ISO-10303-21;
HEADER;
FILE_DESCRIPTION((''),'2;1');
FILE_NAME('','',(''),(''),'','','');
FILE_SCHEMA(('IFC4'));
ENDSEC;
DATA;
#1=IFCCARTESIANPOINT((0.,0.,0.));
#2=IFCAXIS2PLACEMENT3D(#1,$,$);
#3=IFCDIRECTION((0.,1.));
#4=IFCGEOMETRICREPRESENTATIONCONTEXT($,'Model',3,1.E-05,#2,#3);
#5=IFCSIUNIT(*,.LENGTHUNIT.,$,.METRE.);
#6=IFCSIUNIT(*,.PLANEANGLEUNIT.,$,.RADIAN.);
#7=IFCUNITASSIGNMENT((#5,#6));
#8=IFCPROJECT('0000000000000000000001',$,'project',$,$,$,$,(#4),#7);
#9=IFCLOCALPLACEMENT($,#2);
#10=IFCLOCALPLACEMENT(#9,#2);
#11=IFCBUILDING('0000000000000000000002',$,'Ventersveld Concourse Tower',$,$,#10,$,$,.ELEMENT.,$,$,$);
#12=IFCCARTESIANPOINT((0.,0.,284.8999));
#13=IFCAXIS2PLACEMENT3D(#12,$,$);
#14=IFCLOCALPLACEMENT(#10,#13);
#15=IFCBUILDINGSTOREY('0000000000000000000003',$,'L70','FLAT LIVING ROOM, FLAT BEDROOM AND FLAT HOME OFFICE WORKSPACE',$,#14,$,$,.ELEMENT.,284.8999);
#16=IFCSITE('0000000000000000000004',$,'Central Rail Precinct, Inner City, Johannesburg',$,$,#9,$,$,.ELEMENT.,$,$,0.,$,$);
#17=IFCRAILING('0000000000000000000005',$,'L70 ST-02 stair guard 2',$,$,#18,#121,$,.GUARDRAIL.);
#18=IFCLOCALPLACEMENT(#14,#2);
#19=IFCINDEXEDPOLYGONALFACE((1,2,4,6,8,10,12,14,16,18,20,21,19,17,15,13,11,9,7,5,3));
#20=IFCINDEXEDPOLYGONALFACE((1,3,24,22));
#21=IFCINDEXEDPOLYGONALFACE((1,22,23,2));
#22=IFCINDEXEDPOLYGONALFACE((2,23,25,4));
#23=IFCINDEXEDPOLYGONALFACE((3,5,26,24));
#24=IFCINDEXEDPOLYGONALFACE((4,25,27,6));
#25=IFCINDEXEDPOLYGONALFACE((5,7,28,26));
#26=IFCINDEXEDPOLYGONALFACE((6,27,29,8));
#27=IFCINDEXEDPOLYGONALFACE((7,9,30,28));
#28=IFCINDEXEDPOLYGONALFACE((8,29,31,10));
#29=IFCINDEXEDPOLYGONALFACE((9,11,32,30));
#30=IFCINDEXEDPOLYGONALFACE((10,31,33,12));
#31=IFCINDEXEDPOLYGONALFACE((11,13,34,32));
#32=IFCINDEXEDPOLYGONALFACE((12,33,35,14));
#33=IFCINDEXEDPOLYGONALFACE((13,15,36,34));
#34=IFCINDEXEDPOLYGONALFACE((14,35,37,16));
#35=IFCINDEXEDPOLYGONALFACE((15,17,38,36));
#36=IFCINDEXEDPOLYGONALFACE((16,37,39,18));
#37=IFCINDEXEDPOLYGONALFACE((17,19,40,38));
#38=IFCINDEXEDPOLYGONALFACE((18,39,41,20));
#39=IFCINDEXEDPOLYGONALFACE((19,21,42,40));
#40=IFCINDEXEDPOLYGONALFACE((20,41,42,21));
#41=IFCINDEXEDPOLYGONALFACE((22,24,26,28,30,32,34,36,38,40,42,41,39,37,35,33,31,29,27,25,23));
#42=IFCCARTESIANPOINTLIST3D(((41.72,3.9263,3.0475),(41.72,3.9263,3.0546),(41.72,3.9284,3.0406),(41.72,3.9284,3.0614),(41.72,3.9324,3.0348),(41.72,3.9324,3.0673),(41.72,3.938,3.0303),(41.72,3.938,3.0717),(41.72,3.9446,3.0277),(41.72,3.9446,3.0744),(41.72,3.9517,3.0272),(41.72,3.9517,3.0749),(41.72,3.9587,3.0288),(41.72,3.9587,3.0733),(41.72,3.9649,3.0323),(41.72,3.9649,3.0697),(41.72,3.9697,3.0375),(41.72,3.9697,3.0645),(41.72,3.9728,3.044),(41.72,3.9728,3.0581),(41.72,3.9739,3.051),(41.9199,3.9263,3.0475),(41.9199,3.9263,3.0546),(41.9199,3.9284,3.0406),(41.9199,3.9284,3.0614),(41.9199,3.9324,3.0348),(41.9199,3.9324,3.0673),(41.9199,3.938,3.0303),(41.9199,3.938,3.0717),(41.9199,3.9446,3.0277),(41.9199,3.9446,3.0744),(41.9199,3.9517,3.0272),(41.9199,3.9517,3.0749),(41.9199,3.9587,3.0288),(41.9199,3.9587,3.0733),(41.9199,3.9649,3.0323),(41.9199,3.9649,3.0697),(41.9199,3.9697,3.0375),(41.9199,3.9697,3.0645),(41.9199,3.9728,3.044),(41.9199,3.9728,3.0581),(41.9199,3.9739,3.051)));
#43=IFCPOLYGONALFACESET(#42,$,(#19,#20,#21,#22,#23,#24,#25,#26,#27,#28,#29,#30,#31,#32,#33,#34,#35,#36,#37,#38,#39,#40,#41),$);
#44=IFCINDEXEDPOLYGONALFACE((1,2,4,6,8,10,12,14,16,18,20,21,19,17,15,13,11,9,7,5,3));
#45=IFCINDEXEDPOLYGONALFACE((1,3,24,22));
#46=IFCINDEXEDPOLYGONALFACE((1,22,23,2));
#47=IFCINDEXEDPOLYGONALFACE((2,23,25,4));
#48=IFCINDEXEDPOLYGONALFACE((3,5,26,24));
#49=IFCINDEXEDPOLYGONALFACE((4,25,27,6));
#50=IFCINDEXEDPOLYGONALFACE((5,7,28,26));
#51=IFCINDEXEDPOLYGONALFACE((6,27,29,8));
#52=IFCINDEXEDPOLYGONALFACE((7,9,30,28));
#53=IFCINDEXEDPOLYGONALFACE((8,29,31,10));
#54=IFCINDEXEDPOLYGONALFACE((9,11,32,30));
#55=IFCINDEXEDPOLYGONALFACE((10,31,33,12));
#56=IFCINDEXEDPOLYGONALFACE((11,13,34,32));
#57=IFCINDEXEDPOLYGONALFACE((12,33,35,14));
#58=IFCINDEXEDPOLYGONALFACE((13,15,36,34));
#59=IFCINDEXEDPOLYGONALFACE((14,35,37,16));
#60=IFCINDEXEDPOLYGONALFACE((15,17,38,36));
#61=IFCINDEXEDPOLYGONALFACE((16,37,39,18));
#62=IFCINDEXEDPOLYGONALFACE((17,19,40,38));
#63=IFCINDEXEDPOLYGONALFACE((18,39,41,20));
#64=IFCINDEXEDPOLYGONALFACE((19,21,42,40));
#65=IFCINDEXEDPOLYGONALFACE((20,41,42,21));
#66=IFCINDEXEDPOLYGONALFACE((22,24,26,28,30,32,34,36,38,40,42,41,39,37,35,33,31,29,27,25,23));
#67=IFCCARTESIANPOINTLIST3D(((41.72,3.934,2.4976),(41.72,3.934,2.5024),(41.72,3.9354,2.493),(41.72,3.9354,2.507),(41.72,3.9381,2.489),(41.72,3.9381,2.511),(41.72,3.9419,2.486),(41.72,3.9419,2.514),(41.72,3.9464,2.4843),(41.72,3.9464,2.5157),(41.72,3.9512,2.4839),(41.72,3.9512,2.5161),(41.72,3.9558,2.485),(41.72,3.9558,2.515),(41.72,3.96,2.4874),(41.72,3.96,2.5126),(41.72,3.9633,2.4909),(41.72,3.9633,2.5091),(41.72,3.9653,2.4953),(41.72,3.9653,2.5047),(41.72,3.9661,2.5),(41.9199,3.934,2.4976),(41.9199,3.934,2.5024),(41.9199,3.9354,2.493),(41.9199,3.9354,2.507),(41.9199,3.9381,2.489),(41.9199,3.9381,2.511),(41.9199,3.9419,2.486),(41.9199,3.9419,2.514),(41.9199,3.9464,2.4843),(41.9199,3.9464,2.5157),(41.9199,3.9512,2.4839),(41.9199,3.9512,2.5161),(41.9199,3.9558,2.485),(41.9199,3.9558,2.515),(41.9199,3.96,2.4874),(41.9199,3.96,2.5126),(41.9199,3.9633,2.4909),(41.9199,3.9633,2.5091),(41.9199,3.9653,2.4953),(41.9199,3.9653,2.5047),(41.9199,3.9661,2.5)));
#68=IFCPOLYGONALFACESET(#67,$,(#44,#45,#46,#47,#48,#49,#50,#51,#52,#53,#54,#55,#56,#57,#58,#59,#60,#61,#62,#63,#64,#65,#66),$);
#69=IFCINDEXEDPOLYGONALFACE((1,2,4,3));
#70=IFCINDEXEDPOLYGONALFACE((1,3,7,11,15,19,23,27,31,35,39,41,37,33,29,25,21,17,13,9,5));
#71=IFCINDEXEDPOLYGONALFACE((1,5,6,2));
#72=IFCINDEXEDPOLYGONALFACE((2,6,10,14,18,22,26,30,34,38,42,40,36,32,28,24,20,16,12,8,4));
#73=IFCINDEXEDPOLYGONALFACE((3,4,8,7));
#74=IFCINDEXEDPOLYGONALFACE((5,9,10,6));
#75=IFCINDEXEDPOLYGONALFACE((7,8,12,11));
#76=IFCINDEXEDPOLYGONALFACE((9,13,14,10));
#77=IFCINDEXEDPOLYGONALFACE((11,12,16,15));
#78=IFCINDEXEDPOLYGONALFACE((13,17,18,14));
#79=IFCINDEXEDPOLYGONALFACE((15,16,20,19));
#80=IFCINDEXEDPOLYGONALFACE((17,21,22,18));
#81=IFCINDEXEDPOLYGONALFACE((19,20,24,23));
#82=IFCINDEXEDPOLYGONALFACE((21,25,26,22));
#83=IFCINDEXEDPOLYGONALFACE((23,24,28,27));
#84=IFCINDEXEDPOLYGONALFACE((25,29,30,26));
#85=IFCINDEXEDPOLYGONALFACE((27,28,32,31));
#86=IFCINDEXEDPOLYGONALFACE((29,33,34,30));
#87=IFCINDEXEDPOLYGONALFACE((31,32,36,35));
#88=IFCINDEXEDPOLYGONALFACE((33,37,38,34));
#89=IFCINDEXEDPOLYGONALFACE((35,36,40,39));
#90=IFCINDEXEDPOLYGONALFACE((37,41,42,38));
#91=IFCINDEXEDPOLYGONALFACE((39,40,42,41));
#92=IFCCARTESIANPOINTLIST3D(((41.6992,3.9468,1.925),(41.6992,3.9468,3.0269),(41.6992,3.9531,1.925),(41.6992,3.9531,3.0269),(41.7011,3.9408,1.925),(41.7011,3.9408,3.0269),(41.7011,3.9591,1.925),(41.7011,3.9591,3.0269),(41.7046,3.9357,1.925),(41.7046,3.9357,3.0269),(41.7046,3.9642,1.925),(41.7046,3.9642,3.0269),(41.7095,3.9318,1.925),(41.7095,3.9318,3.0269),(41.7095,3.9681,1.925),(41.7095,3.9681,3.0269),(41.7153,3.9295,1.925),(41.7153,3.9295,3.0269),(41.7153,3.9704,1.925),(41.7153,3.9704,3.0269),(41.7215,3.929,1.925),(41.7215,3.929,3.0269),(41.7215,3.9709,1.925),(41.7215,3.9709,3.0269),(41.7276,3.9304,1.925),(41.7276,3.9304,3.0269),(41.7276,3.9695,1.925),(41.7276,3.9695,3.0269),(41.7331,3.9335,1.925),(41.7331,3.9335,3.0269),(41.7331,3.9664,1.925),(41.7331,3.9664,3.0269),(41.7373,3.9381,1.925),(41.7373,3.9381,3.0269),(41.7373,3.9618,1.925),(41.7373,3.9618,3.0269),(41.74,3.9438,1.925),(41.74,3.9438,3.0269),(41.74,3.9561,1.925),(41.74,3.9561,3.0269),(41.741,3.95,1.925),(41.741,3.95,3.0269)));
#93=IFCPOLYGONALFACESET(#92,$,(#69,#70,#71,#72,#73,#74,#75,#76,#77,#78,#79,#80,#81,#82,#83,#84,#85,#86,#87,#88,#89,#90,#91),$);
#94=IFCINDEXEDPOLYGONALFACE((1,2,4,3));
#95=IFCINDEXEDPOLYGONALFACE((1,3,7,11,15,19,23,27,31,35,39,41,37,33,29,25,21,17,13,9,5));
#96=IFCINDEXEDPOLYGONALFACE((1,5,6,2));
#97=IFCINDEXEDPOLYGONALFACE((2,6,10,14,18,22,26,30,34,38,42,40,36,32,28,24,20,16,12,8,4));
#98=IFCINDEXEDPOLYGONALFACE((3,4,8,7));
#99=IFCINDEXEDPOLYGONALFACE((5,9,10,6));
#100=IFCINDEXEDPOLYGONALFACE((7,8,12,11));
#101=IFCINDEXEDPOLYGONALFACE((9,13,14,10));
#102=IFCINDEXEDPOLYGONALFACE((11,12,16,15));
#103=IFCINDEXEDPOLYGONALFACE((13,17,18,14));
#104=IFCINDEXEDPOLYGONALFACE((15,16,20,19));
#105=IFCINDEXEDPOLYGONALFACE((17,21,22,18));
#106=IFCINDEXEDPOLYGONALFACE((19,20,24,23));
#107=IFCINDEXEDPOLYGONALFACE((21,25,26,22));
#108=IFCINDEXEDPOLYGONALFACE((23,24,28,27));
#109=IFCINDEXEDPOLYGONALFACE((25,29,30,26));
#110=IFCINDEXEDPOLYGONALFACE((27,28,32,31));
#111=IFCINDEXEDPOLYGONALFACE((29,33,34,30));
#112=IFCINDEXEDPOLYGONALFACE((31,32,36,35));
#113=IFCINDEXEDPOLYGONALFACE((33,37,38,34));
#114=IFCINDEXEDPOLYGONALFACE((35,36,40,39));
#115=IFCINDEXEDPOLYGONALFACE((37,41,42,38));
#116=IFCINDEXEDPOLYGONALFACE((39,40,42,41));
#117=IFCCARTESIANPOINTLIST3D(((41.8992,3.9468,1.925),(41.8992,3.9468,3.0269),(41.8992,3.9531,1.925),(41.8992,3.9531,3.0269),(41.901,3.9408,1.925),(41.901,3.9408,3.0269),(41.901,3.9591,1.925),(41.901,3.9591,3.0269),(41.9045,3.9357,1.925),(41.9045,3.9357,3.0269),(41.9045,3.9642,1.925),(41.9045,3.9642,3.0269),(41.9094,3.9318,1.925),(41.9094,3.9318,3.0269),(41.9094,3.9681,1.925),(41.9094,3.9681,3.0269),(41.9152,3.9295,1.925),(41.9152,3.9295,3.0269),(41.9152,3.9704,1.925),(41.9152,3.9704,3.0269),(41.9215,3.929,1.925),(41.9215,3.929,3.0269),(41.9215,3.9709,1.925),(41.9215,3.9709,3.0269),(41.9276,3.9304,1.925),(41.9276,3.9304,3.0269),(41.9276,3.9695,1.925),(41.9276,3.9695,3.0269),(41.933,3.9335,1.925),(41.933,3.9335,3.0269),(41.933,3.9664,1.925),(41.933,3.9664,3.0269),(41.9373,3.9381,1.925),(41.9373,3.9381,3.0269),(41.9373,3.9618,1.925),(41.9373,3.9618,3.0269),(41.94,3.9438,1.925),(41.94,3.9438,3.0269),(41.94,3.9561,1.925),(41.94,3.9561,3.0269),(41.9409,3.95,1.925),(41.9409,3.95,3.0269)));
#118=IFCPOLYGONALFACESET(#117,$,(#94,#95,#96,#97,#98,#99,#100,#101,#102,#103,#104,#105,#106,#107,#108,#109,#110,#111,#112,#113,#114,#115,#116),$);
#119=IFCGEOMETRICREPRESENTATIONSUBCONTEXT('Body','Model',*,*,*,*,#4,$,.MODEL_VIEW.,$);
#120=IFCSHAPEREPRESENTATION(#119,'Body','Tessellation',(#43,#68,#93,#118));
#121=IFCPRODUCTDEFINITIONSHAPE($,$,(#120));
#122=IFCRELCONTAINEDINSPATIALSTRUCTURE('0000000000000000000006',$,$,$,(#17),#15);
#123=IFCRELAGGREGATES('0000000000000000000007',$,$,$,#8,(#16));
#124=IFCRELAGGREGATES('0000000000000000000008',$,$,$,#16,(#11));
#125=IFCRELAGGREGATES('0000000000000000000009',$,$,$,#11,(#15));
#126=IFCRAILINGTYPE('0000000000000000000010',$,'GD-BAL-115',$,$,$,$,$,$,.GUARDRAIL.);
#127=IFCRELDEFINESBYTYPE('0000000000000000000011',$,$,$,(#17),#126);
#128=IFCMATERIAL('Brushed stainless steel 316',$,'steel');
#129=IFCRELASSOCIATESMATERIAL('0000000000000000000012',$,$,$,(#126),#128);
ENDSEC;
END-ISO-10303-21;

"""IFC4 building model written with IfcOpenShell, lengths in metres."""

from ifc_helpers import new_model, si_unit, direction, frame, origin, origin_2d, place, context, subcontext, project, spatial, circle, extrude, material, type_object, element, save


model = new_model("IFC4")

# Units and contexts
model_context = context("Model", 3, precision=1e-05, world=origin(), true_north=direction((0.0, 1.0)))
body_context = subcontext(model_context, "Body", "Model", "MODEL_VIEW")
ifc_project = project(units=[si_unit("LENGTHUNIT", "METRE"), si_unit("PLANEANGLEUNIT", "RADIAN")], contexts=[model_context])

# Site, building, storey
site_placement = place(None, origin())
site = spatial("IfcSite", under=ifc_project, at=site_placement, Name="Central Rail Precinct, Inner City, Johannesburg", CompositionType="ELEMENT", RefElevation=0.0)
building_placement = place(site_placement, origin())
building = spatial("IfcBuilding", under=site, at=building_placement, Name="Ventersveld Concourse Tower", CompositionType="ELEMENT")
storey_placement = place(building_placement, frame((0.0, 0.0, 284.8999)))
storey = spatial("IfcBuildingStorey", under=building, at=storey_placement, Name="L70", Description="FLAT LIVING ROOM, FLAT BEDROOM AND FLAT HOME OFFICE WORKSPACE", CompositionType="ELEMENT", Elevation=284.8999)

# Shared definitions
ifc_material_1 = material(Name="Brushed stainless steel 316", Category="steel")

# Railing
railing_type_1 = type_object("IfcRailingType", Name="GD-BAL-115", PredefinedType="GUARDRAIL", material=ifc_material_1)
for number, where, name in (
    (1, (41.72, 3.95, 1.925), "L70 ST-02 stair guard 2"),
):
    element("IfcRailing", number, at=place(storey_placement, frame(where)), inside=storey, type_object=railing_type_1, Name=name, PredefinedType="GUARDRAIL", context=body_context, shape_type="SweptSolid", body=[
        extrude(circle(Radius=0.0239, at=origin_2d()), frame((0.0, 0.0, 1.126), z_axis=(1.0, 0.0, 0.0), x_axis=(0.0, 1.0, 0.0)), (0.0, 0.0, 1.0), 0.2),
        extrude(circle(Radius=0.0161, at=origin_2d()), frame((0.0, 0.0, 0.575), z_axis=(1.0, 0.0, 0.0), x_axis=(0.0, 1.0, 0.0)), (0.0, 0.0, 1.0), 0.2),
        extrude(circle(Radius=0.021, at=origin_2d()), origin(), (0.0, 0.0, 1.0), 1.1018),
        extrude(circle(Radius=0.021, at=origin_2d()), frame((0.2, 0.0, 0.0)), (0.0, 0.0, 1.0), 1.1018),
    ])

save(model, "model.ifc")
